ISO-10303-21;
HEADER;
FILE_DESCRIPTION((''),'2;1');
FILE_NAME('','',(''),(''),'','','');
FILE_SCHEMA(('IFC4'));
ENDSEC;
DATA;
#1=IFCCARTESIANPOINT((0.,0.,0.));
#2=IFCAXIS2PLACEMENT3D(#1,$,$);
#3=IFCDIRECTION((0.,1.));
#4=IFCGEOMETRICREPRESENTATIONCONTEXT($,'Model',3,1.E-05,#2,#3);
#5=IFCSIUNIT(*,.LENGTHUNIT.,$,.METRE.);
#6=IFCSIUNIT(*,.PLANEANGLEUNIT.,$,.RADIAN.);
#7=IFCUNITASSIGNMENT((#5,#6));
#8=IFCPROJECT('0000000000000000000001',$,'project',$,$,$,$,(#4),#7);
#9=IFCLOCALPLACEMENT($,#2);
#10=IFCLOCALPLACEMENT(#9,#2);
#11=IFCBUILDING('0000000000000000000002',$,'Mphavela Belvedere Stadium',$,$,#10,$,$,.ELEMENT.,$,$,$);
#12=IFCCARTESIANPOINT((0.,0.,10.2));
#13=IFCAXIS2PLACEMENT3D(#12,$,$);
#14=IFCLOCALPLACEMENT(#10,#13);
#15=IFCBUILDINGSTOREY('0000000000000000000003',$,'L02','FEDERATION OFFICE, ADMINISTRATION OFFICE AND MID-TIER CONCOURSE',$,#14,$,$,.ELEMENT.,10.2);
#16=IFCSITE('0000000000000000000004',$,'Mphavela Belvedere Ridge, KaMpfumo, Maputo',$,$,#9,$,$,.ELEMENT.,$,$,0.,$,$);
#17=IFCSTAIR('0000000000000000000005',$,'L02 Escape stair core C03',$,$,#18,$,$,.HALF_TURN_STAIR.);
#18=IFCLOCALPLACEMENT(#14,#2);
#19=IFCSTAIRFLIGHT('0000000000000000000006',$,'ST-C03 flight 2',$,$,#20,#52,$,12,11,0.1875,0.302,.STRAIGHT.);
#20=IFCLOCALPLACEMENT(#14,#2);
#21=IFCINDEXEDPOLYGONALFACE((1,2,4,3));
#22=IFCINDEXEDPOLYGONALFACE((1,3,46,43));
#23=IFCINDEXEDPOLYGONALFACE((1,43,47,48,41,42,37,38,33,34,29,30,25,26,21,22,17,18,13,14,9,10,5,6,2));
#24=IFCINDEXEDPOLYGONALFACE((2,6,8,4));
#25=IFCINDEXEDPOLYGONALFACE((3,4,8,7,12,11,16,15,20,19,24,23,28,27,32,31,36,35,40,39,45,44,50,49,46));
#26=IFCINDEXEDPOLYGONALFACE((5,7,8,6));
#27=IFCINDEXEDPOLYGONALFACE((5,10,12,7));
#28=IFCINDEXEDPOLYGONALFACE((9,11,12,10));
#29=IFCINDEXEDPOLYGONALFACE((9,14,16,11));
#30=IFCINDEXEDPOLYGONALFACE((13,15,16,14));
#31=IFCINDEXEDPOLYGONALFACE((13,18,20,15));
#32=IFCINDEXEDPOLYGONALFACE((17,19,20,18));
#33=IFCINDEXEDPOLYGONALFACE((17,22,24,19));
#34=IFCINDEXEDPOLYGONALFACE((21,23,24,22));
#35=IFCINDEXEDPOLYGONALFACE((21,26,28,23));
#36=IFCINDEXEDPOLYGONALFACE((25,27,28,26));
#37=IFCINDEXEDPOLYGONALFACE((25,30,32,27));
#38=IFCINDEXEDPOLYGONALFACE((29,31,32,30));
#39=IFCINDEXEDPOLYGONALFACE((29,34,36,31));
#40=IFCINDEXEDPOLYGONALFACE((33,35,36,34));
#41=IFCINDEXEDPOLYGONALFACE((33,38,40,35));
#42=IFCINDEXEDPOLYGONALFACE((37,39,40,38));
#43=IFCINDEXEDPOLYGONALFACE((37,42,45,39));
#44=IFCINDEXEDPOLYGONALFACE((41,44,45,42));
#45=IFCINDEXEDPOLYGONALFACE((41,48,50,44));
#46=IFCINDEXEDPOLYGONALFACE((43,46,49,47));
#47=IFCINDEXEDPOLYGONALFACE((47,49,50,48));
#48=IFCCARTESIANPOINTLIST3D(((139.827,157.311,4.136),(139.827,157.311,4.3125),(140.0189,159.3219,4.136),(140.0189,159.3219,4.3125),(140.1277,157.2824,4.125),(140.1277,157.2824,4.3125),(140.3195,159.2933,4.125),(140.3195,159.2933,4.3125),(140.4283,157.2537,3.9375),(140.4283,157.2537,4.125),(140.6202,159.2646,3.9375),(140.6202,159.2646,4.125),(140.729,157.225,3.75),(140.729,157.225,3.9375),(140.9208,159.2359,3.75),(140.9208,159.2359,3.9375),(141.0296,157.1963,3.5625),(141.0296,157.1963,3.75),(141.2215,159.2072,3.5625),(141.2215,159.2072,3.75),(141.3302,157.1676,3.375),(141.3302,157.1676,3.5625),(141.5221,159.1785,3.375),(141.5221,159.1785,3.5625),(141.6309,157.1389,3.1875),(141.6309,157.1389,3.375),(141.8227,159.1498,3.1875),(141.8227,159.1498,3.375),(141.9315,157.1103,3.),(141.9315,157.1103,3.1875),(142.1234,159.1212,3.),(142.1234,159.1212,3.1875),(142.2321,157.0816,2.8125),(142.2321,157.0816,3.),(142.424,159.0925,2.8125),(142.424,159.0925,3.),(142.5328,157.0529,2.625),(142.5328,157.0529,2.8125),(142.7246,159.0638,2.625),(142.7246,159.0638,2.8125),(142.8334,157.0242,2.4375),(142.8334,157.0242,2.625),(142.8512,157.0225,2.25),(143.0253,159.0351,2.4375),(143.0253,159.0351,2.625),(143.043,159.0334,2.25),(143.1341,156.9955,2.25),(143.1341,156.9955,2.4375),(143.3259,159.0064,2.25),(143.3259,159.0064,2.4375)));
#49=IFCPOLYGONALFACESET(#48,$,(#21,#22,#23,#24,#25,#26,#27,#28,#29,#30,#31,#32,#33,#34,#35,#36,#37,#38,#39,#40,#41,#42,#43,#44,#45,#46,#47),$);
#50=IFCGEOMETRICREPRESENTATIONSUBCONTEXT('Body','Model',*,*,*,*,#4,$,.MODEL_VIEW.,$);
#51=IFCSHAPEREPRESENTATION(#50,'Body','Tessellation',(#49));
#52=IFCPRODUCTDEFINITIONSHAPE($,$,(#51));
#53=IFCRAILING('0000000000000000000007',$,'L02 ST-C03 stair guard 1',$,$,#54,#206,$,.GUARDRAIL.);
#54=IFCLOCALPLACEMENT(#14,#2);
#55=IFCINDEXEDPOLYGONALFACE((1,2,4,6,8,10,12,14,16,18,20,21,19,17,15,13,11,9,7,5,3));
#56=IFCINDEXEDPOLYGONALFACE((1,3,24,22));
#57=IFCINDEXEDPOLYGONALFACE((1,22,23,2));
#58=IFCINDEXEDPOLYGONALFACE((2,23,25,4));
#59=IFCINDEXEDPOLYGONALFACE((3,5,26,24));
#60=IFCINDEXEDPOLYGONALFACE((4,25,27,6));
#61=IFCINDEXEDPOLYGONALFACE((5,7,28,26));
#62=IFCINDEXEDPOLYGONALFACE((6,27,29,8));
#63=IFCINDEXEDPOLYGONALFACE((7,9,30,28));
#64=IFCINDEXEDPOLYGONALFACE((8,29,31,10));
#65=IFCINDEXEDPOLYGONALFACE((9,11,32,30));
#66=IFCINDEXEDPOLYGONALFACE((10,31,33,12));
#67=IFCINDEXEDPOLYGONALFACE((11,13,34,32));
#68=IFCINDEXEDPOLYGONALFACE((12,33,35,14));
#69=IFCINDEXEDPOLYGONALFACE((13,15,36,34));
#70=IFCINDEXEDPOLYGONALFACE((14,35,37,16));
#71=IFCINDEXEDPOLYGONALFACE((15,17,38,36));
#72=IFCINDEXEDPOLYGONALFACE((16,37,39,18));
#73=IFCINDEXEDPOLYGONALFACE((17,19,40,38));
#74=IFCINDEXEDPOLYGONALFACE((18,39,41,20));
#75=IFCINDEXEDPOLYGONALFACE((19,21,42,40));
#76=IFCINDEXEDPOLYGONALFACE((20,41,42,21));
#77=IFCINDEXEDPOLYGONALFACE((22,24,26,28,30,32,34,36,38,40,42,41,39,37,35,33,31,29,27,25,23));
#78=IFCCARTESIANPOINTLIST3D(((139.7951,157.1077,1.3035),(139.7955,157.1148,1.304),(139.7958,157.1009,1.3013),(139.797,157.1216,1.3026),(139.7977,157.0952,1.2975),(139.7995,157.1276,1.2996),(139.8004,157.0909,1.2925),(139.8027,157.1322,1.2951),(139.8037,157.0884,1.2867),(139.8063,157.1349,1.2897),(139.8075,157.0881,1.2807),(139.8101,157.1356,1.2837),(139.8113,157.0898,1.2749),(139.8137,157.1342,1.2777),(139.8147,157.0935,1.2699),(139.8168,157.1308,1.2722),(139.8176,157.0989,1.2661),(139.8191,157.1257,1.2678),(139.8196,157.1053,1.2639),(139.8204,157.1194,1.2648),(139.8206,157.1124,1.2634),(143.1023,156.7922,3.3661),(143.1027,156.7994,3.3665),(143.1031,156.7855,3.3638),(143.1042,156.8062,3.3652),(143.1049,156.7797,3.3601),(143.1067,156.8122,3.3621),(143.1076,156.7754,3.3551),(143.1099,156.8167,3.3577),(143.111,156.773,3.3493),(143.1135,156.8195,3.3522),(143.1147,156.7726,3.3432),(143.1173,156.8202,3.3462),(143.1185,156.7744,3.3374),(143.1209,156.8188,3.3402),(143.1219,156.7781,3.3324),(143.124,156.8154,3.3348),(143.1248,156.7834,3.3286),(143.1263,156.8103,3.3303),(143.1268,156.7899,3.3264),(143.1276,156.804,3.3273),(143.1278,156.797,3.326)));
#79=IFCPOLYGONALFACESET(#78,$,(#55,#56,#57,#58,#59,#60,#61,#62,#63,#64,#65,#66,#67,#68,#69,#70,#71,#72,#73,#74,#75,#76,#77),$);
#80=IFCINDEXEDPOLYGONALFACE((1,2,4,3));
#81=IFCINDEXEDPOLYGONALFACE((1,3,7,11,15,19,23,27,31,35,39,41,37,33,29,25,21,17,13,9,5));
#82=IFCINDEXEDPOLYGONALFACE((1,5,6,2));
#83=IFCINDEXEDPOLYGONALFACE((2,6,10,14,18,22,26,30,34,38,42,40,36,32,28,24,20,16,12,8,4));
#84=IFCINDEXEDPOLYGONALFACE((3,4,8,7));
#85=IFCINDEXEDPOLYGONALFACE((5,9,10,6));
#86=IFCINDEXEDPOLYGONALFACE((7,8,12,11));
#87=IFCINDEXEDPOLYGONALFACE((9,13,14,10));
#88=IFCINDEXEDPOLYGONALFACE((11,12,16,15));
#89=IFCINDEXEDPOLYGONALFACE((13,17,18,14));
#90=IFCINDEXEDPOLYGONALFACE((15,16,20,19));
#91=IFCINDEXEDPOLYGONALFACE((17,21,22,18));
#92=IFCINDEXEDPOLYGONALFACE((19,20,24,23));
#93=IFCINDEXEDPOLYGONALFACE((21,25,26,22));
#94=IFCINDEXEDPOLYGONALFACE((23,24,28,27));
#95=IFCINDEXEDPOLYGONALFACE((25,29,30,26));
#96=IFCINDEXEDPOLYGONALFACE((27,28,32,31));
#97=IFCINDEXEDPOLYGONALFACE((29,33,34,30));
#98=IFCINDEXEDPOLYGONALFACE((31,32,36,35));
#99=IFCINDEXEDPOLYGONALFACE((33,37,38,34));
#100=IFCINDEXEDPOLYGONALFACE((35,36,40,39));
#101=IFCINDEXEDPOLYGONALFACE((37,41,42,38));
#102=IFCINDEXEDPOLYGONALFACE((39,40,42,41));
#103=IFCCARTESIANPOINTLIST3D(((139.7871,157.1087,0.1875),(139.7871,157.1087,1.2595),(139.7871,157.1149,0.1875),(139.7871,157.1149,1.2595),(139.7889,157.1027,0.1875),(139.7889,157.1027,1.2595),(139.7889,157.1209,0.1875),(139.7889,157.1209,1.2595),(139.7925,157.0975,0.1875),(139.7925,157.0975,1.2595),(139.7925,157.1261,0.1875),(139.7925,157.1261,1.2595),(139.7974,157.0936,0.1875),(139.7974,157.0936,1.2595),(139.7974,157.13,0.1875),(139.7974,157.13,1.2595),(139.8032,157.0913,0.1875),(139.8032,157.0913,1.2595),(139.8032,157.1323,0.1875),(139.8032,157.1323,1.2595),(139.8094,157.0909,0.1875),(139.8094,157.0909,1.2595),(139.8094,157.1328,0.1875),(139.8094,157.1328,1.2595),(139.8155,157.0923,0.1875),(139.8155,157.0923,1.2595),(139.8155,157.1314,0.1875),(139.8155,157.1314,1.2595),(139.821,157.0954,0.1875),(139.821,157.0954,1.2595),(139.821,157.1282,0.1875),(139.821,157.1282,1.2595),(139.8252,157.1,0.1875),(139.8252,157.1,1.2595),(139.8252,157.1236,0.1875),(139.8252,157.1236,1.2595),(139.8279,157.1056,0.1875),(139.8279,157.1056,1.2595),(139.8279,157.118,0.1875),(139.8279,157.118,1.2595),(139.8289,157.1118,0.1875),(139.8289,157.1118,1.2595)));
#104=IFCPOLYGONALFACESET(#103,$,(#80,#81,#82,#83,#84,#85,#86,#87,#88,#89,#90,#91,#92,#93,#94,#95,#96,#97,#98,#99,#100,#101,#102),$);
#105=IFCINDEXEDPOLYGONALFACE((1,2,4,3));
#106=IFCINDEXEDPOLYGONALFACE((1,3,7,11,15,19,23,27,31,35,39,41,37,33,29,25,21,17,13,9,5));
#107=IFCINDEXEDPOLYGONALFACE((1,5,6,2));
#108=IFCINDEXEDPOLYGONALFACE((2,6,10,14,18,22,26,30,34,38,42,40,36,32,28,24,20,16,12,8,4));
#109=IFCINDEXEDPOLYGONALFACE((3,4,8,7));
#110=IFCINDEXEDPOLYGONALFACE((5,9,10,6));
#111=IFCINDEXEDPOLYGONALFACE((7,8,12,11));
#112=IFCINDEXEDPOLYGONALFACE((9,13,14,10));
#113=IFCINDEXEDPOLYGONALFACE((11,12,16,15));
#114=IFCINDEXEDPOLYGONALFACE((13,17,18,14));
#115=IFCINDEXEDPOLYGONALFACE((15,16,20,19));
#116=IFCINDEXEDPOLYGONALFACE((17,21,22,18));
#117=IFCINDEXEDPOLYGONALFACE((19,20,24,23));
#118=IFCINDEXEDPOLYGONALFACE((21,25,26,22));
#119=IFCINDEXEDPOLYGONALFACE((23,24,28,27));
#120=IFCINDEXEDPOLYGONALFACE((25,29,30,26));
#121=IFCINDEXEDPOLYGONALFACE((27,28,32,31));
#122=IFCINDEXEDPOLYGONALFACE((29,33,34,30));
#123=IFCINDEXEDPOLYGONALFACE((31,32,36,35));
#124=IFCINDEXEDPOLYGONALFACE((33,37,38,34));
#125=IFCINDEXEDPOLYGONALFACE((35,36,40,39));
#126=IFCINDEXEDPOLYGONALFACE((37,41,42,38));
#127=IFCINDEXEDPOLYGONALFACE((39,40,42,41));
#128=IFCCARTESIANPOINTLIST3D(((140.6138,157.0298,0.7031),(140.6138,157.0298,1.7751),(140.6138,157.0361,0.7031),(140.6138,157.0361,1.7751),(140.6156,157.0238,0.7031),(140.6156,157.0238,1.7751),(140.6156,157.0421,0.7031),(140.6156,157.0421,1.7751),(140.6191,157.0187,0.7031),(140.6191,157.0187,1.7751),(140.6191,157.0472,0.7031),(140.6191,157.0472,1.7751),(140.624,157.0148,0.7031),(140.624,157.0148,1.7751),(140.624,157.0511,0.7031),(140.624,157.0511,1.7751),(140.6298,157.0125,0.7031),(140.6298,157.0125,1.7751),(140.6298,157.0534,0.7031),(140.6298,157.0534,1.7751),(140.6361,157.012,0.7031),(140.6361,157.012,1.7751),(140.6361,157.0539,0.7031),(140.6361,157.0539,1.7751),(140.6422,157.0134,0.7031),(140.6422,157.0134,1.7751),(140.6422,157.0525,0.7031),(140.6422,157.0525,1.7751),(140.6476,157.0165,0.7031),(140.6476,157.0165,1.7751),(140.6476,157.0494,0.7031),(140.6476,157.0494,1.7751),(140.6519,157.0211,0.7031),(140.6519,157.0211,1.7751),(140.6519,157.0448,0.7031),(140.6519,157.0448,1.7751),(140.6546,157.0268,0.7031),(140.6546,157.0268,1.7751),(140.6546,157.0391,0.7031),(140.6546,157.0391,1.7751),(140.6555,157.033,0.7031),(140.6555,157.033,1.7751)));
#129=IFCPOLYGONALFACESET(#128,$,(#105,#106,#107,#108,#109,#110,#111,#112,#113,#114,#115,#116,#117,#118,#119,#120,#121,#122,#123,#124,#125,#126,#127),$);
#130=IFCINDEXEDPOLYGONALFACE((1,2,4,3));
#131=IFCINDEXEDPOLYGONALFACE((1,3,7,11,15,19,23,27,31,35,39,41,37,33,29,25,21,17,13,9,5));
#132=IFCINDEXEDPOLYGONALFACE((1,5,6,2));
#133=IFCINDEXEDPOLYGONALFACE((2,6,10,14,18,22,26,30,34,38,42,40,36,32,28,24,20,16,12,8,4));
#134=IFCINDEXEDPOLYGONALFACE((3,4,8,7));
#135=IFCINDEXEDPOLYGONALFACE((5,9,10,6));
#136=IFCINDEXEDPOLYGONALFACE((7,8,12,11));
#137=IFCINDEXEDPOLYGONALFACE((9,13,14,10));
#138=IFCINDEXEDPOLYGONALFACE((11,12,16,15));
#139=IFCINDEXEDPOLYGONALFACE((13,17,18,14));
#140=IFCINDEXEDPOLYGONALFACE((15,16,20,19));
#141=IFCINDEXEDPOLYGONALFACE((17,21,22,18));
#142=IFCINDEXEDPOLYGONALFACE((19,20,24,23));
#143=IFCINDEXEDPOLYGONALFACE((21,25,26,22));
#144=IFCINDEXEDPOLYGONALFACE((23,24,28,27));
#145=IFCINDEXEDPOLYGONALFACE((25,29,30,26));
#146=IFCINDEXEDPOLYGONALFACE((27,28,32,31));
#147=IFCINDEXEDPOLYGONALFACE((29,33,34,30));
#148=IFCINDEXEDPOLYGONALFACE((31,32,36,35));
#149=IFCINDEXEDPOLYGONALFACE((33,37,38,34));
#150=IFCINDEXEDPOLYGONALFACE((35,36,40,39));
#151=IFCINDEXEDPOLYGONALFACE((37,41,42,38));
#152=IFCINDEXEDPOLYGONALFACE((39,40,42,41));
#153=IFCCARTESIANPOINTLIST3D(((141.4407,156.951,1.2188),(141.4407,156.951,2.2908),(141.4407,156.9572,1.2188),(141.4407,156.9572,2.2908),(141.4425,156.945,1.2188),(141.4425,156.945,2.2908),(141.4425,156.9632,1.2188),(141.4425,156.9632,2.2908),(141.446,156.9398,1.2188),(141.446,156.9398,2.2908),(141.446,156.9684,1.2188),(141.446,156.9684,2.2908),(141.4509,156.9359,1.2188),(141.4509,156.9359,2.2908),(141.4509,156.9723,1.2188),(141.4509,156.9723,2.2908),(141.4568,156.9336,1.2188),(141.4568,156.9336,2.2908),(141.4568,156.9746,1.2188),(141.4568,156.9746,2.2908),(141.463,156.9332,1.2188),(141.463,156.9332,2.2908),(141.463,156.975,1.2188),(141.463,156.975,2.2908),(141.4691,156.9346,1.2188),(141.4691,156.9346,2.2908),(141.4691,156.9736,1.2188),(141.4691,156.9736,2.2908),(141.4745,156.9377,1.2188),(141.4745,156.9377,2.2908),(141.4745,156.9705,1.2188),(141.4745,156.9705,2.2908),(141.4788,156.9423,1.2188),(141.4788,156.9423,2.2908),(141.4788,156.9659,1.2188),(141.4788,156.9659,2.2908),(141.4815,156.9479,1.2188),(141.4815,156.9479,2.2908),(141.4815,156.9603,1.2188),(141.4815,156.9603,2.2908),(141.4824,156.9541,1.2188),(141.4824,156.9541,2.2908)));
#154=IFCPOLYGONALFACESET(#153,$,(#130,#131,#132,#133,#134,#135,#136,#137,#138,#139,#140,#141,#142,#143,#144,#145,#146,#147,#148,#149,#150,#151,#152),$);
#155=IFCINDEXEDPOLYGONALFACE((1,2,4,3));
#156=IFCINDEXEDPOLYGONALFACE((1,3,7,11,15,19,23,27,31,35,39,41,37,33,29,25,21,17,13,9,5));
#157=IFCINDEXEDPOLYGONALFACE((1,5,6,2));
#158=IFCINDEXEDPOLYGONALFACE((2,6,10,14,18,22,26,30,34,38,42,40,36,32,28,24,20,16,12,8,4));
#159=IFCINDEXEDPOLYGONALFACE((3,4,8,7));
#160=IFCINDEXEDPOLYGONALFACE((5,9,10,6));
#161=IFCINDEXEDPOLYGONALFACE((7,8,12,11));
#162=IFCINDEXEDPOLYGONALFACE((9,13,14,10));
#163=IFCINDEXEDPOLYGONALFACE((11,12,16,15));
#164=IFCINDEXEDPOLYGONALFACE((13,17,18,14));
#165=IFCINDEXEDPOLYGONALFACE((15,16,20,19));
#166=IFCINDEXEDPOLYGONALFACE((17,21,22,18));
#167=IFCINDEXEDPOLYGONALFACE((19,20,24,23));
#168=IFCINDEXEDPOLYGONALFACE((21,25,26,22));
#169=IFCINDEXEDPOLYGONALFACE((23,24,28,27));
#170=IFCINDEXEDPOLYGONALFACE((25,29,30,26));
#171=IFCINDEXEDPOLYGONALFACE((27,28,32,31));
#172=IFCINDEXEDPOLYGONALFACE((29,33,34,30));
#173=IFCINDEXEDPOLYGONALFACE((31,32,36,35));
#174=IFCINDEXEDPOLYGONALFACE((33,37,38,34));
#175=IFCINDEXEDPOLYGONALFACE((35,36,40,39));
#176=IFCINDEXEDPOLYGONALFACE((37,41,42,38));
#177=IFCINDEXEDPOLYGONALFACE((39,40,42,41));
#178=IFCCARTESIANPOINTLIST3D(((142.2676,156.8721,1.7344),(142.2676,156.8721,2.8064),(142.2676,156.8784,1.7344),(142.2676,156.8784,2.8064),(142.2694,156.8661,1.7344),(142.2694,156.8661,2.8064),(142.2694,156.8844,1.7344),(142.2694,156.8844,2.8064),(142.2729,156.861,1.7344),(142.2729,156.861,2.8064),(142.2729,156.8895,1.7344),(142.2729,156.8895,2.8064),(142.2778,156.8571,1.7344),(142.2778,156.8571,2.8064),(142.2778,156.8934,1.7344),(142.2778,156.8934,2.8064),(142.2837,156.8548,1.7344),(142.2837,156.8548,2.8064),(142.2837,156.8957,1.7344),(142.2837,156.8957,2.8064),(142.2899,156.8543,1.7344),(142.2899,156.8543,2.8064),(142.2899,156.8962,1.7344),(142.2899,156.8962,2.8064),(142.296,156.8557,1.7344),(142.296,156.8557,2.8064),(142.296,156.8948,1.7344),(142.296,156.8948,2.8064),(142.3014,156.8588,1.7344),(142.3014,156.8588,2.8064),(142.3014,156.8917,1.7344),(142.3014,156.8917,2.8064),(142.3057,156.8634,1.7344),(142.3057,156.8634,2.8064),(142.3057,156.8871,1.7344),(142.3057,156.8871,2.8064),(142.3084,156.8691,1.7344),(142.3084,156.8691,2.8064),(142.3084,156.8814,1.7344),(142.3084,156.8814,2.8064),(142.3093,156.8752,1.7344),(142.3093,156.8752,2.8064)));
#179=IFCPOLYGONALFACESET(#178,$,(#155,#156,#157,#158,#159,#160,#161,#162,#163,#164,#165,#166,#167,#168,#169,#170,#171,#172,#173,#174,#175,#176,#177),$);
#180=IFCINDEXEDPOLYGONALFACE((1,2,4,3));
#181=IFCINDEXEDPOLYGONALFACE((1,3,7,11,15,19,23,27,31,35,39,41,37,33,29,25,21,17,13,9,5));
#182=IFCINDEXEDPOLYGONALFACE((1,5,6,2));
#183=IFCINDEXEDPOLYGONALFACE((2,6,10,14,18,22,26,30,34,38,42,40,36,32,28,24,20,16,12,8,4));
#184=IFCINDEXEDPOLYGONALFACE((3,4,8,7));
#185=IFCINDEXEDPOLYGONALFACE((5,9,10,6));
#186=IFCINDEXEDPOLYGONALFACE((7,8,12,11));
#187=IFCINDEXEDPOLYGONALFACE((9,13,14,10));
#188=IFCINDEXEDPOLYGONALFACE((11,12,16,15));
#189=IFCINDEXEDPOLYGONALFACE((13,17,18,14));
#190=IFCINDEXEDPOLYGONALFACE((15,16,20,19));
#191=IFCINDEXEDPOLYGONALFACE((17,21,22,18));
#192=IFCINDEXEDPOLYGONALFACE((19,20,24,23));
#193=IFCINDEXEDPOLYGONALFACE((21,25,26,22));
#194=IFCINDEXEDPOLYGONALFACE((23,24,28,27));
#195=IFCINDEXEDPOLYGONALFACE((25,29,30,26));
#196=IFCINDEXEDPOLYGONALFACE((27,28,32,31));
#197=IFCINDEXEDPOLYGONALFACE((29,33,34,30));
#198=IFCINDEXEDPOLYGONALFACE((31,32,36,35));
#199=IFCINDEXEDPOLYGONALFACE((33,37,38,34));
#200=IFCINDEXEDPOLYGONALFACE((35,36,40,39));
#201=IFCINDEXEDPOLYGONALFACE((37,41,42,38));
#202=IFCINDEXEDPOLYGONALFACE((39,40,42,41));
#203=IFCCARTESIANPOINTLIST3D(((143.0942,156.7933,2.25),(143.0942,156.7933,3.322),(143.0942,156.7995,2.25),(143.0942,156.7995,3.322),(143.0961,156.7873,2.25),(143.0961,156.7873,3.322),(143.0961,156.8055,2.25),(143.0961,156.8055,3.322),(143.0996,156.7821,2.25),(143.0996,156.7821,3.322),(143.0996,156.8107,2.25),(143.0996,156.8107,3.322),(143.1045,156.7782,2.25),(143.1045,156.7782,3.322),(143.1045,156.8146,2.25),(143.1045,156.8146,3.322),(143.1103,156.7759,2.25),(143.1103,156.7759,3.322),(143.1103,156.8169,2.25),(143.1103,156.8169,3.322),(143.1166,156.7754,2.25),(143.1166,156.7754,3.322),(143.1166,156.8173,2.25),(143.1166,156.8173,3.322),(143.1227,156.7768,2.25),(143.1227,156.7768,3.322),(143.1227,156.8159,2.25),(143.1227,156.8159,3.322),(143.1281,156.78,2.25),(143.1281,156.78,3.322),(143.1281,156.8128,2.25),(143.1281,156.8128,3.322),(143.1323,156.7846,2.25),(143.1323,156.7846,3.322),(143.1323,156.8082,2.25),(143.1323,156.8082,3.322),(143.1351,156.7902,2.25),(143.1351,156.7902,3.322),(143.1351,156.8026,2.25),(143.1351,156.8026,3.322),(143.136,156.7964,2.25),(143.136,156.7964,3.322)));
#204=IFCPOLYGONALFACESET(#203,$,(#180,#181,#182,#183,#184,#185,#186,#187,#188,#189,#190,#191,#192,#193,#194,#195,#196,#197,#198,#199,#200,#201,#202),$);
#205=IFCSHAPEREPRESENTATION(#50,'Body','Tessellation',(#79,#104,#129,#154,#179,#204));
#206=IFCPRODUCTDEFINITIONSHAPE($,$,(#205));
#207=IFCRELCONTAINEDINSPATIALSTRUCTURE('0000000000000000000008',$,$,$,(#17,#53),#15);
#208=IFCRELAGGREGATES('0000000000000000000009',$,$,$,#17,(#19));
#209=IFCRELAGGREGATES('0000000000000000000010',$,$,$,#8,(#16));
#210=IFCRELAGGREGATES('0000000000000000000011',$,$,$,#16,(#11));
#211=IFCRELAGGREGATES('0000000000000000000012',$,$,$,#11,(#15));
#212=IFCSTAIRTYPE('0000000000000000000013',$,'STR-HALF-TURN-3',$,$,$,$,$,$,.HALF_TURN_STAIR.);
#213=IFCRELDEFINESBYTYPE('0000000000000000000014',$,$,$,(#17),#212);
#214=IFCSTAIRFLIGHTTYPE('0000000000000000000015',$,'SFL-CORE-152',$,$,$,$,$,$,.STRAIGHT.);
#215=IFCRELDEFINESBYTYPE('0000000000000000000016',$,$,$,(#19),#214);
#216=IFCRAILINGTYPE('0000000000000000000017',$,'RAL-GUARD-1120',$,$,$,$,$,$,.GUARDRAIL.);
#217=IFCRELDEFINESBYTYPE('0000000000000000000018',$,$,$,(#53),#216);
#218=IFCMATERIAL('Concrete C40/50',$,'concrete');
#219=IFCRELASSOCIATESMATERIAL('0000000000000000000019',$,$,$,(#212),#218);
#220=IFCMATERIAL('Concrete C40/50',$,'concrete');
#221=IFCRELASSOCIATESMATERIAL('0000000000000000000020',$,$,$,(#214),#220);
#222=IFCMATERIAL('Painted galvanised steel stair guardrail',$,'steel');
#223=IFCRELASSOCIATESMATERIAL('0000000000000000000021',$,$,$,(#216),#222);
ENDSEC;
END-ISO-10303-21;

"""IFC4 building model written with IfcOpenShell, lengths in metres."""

from ifc_helpers import new_model, si_unit, direction, frame, origin, origin_2d, place, context, subcontext, project, spatial, polyline, circle, outline, extrude, material, type_object, element, aggregate, save


model = new_model("IFC4")

# Units and contexts
model_context = context("Model", 3, precision=1e-05, world=origin(), true_north=direction((0.0, 1.0)))
body_context = subcontext(model_context, "Body", "Model", "MODEL_VIEW")
ifc_project = project(units=[si_unit("LENGTHUNIT", "METRE"), si_unit("PLANEANGLEUNIT", "RADIAN")], contexts=[model_context])

# Site, building, storey
site_placement = place(None, origin())
site = spatial("IfcSite", under=ifc_project, at=site_placement, Name="Mphavela Belvedere Ridge, KaMpfumo, Maputo", CompositionType="ELEMENT", RefElevation=0.0)
building_placement = place(site_placement, origin())
building = spatial("IfcBuilding", under=site, at=building_placement, Name="Mphavela Belvedere Stadium", CompositionType="ELEMENT")
storey_placement = place(building_placement, frame((0.0, 0.0, 10.2)))
storey = spatial("IfcBuildingStorey", under=building, at=storey_placement, Name="L02", Description="FEDERATION OFFICE, ADMINISTRATION OFFICE AND MID-TIER CONCOURSE", CompositionType="ELEMENT", Elevation=10.2)

# Stair, stair flight
ifc_material_1 = material(Name="Concrete C40/50", Category="concrete")
stair_type = type_object("IfcStairType", Name="STR-HALF-TURN-3", PredefinedType="HALF_TURN_STAIR", material=ifc_material_1)
stair_placement = place(storey_placement, origin())
stair = element("IfcStair", 1, at=stair_placement, inside=storey, type_object=stair_type, Name="L02 Escape stair core C03", PredefinedType="HALF_TURN_STAIR")
ifc_material_2 = material(Name="Concrete C40/50", Category="concrete")
stair_flight_type = type_object("IfcStairFlightType", Name="SFL-CORE-152", PredefinedType="STRAIGHT", material=ifc_material_2)
stair_flight_placement = place(storey_placement, frame((143.23, 158.001, 2.25), z_axis=(0.0, 0.0, 1.0), x_axis=(-0.995479, 0.094977, 0.0)))
stair_flight = element("IfcStairFlight", 2, at=stair_flight_placement, type_object=stair_flight_type, Name="ST-C03 flight 2", NumberOfRisers=12, NumberOfTreads=11, PredefinedType="STRAIGHT", RiserHeight=0.1875, TreadLength=0.302, context=body_context, shape_type="SweptSolid", body=[
    extrude(outline(polyline([(0.0, 0.0), (0.0, 0.1875), (0.302, 0.1875), (0.302, 0.375), (0.604, 0.375), (0.604, 0.5625), (0.906, 0.5625), (0.906, 0.75), (1.208, 0.75), (1.208, 0.9375), (1.51, 0.9375), (1.51, 1.125), (1.812, 1.125), (1.812, 1.3125), (2.114, 1.3125), (2.114, 1.5), (2.416, 1.5), (2.416, 1.6875), (2.718, 1.6875), (2.718, 1.875), (3.02, 1.875), (3.02, 2.0625), (3.322, 2.0625), (3.322, 2.25), (3.322, 1.886), (0.2842, 0.0), (0.0, 0.0)])), frame((0.0, 1.01, 0.0), z_axis=(0.0, -1.0, 0.0), x_axis=(1.0, 0.0, 0.0)), (0.0, 0.0, 1.0), 2.02),
])
aggregate(stair, [stair_flight])

# Railing
ifc_material_3 = material(Name="Painted galvanised steel stair guardrail", Category="steel")
railing_type_1 = type_object("IfcRailingType", Name="RAL-GUARD-1120", PredefinedType="GUARDRAIL", material=ifc_material_3)
railing_1_placement = place(storey_placement, frame((139.8079, 157.1118, 0.1875)))
element("IfcRailing", 3, at=railing_1_placement, inside=storey, type_object=railing_type_1, Name="L02 ST-C03 stair guard 1", PredefinedType="GUARDRAIL", context=body_context, shape_type="SweptSolid", body=[
    extrude(circle(Radius=0.0239, at=origin_2d()), frame((0.0, 0.0, 1.0962), z_axis=(0.845747, -0.080666, 0.527452), x_axis=(0.094948, 0.995482, 0.0)), (0.0, 0.0, 1.0), 3.9104),
    extrude(circle(Radius=0.021, at=origin_2d()), origin(), (0.0, 0.0, 1.0), 1.072),
    extrude(circle(Radius=0.021, at=origin_2d()), frame((0.8267, -0.0789, 0.5156)), (0.0, 0.0, 1.0), 1.072),
    extrude(circle(Radius=0.021, at=origin_2d()), frame((1.6536, -0.1577, 1.0312)), (0.0, 0.0, 1.0), 1.072),
    extrude(circle(Radius=0.021, at=origin_2d()), frame((2.4805, -0.2366, 1.5469)), (0.0, 0.0, 1.0), 1.072),
    extrude(circle(Radius=0.021, at=origin_2d()), frame((3.3071, -0.3154, 2.0625)), (0.0, 0.0, 1.0), 1.072),
])

save(model, "model.ifc")
